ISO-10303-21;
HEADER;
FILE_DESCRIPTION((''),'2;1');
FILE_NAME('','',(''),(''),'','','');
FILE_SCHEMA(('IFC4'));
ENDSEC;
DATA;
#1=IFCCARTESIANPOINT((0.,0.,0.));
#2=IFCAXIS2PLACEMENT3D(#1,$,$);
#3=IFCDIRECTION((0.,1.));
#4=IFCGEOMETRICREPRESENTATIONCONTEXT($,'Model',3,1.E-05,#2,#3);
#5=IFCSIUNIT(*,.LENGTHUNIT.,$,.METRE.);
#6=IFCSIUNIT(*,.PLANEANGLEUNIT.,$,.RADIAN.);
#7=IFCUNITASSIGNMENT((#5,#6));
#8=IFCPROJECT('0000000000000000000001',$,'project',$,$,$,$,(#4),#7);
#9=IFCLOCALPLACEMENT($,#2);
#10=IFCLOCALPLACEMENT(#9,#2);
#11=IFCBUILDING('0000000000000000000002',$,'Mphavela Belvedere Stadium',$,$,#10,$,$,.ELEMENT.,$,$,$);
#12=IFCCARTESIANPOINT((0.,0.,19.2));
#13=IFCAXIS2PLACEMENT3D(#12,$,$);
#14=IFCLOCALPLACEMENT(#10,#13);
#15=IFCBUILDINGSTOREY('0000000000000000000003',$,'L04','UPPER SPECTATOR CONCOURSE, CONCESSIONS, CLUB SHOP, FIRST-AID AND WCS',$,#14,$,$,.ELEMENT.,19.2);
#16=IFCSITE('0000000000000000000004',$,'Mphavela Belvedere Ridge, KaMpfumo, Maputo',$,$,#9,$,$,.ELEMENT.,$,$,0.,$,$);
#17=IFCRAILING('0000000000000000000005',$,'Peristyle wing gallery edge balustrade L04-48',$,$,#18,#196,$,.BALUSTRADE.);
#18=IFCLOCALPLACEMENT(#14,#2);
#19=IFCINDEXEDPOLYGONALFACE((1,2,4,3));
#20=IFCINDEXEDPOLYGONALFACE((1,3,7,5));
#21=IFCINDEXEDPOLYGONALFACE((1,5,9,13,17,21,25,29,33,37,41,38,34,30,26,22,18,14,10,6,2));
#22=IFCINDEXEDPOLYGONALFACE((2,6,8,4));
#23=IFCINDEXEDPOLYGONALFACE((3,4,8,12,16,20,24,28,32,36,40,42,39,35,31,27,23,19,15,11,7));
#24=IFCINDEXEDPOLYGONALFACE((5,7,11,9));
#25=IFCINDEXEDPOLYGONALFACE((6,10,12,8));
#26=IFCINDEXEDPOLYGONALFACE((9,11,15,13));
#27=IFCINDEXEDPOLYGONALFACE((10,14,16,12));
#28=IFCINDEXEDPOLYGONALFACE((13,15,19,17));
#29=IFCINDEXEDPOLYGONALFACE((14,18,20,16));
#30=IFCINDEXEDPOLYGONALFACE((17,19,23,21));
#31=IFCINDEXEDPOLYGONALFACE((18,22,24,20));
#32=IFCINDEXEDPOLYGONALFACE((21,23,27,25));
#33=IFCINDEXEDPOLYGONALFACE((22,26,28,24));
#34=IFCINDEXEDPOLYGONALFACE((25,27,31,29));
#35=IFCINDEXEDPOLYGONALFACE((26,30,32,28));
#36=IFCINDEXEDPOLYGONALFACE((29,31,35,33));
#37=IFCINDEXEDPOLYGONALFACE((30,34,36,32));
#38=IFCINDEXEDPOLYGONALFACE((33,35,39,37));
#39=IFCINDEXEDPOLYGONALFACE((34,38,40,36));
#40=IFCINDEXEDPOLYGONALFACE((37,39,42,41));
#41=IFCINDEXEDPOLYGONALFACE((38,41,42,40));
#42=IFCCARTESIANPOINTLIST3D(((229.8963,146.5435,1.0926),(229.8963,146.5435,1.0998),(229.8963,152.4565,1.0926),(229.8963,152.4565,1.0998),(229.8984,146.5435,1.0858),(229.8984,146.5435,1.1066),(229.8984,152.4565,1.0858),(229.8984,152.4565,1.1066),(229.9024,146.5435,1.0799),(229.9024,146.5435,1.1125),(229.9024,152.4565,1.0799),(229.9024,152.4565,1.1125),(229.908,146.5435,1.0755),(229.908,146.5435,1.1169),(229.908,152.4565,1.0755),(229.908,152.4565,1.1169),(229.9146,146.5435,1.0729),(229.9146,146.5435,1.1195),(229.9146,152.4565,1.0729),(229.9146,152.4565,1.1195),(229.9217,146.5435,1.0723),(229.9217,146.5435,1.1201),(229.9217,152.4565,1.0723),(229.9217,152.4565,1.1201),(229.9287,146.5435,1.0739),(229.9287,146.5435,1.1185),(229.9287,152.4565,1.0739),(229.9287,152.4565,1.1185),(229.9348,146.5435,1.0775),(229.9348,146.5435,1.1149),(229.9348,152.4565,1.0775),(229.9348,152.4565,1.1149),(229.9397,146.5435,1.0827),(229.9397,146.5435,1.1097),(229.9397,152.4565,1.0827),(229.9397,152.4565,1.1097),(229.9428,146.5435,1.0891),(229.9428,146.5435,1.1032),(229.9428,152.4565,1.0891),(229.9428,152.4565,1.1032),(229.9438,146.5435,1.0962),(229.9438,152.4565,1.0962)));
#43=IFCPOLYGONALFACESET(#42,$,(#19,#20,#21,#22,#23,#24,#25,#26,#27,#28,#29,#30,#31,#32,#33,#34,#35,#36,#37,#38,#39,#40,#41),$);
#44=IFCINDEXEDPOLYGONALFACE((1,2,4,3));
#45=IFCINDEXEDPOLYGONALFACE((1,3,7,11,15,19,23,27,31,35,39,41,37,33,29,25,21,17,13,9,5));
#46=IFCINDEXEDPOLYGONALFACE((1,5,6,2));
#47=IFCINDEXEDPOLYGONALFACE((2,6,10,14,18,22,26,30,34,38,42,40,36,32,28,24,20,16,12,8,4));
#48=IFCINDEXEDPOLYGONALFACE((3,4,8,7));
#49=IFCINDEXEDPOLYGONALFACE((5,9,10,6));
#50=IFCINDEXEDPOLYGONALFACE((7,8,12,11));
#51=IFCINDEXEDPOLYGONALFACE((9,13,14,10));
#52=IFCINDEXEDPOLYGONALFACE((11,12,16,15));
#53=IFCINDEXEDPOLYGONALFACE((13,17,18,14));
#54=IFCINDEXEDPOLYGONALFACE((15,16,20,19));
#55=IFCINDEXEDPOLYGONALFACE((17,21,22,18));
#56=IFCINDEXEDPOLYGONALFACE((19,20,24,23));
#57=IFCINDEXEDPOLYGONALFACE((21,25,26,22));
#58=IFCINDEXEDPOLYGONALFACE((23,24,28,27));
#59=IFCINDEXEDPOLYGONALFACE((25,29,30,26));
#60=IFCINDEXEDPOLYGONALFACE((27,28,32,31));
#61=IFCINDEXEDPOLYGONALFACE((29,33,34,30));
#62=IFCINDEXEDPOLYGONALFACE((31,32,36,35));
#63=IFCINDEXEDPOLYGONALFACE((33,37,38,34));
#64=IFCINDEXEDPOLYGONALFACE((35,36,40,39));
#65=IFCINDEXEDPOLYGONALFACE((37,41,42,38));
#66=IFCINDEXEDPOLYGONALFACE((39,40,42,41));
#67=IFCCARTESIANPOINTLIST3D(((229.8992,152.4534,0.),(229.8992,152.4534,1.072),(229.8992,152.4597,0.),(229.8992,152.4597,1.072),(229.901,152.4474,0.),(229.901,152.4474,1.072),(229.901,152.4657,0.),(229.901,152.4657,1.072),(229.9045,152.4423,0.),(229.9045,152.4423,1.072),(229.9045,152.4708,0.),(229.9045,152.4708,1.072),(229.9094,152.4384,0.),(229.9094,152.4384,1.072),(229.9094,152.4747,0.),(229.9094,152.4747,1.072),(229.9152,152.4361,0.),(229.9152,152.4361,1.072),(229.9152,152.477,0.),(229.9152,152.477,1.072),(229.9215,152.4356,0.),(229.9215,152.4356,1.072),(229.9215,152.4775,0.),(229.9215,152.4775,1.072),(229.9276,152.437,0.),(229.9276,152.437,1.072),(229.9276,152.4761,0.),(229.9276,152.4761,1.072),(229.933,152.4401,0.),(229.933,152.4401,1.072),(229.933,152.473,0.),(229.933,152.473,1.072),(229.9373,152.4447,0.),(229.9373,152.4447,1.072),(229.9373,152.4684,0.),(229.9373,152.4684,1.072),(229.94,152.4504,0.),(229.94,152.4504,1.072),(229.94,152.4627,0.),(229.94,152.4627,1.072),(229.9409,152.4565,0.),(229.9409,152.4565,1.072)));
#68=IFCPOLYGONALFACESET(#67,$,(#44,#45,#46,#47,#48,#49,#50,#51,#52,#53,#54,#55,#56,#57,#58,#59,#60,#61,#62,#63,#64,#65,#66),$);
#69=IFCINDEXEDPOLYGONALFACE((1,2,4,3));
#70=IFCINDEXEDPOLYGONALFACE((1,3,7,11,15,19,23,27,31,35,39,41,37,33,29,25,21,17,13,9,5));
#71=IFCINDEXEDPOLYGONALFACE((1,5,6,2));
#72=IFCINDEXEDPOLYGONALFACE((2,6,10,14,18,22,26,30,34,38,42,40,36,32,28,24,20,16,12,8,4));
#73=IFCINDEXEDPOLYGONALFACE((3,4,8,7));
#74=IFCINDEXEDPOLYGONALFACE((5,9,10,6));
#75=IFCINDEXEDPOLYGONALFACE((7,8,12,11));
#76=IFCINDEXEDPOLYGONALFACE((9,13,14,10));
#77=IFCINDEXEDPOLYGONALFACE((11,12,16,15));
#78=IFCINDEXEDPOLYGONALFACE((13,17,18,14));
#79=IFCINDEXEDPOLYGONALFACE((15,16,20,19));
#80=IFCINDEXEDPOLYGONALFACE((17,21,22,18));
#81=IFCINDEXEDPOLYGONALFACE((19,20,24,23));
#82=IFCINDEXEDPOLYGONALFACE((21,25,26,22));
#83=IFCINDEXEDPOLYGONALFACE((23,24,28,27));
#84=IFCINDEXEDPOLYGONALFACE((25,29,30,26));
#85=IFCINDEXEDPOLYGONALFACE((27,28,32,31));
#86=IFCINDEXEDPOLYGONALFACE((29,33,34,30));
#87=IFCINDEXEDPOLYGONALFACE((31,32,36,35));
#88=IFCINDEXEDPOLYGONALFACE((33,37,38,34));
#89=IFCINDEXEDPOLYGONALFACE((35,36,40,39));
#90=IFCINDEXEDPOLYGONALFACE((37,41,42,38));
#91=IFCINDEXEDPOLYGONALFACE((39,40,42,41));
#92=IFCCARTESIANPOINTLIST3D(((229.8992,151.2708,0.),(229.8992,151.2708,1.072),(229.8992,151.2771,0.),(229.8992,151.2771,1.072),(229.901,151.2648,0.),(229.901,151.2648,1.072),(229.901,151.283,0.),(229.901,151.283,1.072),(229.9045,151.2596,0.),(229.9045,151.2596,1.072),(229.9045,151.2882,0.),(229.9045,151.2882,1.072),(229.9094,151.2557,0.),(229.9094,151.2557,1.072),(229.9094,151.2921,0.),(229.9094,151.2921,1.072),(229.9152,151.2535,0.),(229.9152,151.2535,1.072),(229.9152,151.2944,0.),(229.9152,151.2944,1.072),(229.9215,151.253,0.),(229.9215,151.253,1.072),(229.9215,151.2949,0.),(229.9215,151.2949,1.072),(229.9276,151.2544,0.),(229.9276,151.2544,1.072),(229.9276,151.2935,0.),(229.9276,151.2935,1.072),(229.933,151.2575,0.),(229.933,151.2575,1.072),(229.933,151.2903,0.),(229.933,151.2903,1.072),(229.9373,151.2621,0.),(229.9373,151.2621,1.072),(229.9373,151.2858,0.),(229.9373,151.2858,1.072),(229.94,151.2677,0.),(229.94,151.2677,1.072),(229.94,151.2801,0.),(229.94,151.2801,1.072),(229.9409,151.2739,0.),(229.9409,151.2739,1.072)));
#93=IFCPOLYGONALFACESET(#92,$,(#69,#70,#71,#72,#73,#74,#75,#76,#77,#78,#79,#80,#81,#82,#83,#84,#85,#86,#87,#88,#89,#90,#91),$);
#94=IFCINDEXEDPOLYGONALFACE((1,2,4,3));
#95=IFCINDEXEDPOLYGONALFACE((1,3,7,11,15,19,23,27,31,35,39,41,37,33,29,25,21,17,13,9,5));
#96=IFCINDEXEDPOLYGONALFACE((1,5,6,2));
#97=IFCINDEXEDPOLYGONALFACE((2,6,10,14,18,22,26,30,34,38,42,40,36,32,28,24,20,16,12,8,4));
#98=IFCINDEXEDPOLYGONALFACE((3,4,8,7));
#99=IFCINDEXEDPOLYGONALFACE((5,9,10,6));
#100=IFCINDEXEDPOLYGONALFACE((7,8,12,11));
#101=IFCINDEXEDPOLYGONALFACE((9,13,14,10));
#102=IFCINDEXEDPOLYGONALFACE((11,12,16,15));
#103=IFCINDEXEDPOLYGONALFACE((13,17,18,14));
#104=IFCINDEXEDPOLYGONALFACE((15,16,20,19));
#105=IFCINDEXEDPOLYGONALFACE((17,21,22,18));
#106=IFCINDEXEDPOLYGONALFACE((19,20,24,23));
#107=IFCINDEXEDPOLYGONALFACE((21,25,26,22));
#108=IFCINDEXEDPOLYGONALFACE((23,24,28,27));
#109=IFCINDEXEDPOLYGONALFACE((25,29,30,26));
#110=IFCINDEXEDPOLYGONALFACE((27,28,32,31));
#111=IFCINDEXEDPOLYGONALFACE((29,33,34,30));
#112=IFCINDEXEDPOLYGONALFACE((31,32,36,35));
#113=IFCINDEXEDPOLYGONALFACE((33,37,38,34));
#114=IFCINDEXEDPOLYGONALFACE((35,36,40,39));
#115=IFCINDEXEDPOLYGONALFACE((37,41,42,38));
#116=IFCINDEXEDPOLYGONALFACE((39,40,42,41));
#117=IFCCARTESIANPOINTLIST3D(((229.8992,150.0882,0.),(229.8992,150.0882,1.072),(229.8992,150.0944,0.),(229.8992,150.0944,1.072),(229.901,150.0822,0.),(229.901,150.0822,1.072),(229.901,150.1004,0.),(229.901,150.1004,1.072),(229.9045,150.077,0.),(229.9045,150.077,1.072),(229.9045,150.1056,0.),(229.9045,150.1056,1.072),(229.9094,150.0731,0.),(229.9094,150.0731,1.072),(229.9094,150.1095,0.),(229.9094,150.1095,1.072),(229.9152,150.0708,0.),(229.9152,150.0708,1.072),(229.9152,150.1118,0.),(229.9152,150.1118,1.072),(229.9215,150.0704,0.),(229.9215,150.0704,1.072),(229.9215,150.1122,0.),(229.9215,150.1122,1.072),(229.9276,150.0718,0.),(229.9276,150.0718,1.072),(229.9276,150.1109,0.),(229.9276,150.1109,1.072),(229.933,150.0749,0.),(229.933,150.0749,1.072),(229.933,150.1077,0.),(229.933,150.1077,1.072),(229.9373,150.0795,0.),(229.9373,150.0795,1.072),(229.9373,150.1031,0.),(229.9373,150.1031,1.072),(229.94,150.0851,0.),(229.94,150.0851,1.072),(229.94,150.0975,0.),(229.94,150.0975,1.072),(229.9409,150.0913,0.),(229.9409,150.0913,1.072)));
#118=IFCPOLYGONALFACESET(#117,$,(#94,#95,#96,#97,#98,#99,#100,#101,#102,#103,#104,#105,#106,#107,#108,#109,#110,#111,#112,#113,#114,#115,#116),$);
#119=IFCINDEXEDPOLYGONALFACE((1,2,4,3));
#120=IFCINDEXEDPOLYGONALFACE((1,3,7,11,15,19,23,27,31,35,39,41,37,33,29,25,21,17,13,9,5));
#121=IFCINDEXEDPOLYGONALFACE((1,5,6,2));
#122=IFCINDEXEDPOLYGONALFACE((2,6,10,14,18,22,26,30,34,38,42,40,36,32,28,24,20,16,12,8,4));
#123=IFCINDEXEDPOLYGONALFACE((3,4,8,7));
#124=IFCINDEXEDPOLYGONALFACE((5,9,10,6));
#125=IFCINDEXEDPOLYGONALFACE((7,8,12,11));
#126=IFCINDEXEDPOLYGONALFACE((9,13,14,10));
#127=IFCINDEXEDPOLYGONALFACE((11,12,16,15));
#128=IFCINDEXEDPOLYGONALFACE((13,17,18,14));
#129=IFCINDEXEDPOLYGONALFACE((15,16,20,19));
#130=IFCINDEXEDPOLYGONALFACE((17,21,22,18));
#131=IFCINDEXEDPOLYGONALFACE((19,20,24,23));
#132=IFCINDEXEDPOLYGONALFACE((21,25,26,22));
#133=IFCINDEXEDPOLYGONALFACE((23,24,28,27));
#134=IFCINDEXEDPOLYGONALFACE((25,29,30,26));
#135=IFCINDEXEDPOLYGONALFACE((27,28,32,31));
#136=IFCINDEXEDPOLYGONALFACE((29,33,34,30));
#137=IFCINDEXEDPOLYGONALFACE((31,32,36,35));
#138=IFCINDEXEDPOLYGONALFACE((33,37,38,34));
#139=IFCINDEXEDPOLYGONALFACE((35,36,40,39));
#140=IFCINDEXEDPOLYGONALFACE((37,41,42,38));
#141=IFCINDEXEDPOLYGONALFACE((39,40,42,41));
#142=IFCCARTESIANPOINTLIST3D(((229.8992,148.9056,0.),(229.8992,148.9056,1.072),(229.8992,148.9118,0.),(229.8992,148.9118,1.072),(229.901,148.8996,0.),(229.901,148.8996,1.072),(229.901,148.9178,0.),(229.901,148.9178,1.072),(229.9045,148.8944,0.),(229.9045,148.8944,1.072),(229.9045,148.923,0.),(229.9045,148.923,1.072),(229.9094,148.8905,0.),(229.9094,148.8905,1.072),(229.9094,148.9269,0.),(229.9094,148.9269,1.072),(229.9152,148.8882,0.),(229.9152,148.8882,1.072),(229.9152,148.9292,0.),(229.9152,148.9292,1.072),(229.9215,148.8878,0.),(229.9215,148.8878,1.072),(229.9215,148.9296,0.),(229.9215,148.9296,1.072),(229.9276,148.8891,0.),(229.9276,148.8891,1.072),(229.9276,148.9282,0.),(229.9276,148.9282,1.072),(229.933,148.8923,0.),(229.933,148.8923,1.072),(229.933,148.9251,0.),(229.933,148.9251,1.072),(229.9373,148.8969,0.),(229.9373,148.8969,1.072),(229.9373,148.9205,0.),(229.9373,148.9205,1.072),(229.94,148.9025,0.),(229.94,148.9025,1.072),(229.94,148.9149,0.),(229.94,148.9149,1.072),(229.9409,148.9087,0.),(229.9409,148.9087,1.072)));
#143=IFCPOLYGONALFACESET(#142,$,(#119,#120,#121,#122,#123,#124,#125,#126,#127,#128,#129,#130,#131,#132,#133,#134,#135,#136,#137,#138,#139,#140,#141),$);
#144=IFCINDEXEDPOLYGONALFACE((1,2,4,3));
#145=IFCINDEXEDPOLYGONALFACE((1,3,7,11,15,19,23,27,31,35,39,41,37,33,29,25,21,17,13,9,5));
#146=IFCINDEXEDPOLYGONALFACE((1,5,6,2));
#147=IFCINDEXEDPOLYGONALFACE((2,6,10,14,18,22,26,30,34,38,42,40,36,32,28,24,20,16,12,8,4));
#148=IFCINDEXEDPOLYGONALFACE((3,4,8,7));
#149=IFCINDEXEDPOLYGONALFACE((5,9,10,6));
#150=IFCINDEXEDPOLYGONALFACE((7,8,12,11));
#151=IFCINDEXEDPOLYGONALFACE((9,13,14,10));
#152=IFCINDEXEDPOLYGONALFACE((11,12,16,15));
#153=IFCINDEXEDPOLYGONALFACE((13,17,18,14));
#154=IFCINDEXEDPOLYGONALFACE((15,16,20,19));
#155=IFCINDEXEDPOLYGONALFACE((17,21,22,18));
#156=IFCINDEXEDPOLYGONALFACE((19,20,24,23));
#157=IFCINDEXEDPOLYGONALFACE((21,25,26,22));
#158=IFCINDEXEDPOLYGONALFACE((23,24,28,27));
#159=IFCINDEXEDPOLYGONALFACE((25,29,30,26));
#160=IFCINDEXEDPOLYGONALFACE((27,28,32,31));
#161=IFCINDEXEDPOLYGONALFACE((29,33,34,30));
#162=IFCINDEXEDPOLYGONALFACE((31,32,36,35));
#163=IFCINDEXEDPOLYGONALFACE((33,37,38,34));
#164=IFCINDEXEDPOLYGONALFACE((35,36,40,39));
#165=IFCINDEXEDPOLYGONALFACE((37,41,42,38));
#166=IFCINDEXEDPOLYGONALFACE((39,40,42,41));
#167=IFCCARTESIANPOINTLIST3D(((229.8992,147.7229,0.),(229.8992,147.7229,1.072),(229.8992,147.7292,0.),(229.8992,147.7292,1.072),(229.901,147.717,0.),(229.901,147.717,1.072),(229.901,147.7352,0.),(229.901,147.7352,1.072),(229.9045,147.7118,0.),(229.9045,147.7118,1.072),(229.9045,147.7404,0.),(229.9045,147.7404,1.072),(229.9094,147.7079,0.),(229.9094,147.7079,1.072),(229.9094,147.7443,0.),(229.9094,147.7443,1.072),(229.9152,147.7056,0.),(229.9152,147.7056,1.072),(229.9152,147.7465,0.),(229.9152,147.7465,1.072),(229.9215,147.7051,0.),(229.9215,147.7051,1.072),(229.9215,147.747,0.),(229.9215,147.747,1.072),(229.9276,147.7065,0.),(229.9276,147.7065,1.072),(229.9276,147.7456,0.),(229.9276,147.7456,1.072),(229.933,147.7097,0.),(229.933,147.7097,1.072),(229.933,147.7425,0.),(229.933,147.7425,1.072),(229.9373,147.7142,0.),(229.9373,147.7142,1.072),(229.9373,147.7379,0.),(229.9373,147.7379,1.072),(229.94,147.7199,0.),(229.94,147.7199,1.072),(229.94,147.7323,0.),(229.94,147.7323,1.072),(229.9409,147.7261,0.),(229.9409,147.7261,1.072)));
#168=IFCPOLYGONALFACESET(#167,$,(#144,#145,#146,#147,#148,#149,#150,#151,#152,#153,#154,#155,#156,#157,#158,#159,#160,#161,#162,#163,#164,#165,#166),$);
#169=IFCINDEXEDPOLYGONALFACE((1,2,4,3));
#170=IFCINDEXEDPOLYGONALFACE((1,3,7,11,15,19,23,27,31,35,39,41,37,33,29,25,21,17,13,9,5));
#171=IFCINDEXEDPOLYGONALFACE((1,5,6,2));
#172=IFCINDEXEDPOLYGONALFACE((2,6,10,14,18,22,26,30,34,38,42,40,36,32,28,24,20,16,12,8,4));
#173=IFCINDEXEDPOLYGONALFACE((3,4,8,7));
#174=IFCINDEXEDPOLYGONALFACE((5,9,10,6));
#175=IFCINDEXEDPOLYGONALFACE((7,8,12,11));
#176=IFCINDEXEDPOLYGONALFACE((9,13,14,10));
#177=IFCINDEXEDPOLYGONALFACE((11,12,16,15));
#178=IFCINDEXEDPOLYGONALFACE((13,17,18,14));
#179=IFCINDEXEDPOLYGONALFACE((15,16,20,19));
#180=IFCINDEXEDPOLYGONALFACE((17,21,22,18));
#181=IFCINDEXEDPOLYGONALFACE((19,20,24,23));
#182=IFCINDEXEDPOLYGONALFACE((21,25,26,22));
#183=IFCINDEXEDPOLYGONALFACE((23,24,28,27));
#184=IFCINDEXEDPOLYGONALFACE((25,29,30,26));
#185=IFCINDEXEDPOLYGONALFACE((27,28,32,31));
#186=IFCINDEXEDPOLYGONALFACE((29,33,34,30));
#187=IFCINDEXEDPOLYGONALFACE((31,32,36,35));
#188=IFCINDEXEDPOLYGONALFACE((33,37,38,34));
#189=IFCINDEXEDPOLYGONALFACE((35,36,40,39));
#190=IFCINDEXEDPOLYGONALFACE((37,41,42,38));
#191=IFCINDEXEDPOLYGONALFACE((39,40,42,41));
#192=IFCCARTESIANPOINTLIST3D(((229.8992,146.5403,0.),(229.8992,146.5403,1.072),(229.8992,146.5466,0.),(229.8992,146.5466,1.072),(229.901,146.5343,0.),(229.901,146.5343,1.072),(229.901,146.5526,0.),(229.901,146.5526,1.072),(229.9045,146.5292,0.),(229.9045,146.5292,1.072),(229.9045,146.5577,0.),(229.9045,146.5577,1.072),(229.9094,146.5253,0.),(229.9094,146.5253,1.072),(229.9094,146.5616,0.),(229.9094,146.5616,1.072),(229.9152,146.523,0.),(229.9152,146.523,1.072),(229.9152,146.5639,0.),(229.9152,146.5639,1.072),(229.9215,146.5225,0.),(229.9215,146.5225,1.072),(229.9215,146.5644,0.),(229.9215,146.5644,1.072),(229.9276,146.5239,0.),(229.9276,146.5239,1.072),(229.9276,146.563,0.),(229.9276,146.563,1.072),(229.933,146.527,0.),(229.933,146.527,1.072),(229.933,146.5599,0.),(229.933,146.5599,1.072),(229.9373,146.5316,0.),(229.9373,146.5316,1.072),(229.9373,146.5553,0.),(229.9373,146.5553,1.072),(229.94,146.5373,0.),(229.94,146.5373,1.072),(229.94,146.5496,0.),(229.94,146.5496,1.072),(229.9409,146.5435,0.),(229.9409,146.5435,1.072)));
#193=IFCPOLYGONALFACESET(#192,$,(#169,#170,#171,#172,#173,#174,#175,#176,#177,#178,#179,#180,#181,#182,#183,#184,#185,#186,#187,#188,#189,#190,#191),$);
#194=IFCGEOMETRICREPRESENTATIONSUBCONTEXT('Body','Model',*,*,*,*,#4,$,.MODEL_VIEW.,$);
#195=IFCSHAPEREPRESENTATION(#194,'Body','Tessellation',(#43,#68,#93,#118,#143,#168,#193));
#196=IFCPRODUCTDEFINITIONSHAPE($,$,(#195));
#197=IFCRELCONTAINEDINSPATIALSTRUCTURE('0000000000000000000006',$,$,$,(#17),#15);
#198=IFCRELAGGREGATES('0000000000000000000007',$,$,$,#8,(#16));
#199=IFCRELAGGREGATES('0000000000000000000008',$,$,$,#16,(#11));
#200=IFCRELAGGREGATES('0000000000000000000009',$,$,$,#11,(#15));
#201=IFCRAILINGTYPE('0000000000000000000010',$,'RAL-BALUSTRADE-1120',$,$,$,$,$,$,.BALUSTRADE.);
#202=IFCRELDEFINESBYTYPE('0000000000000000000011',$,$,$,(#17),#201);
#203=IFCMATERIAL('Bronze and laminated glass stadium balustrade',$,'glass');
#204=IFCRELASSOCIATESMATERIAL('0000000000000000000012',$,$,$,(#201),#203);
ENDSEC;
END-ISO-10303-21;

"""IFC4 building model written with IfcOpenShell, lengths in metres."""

from ifc_helpers import new_model, si_unit, direction, frame, origin, origin_2d, place, context, subcontext, project, spatial, circle, extrude, material, type_object, element, save


model = new_model("IFC4")

# Units and contexts
model_context = context("Model", 3, precision=1e-05, world=origin(), true_north=direction((0.0, 1.0)))
body_context = subcontext(model_context, "Body", "Model", "MODEL_VIEW")
ifc_project = project(units=[si_unit("LENGTHUNIT", "METRE"), si_unit("PLANEANGLEUNIT", "RADIAN")], contexts=[model_context])

# Site, building, storey
site_placement = place(None, origin())
site = spatial("IfcSite", under=ifc_project, at=site_placement, Name="Mphavela Belvedere Ridge, KaMpfumo, Maputo", CompositionType="ELEMENT", RefElevation=0.0)
building_placement = place(site_placement, origin())
building = spatial("IfcBuilding", under=site, at=building_placement, Name="Mphavela Belvedere Stadium", CompositionType="ELEMENT")
storey_placement = place(building_placement, frame((0.0, 0.0, 19.2)))
storey = spatial("IfcBuildingStorey", under=building, at=storey_placement, Name="L04", Description="UPPER SPECTATOR CONCOURSE, CONCESSIONS, CLUB SHOP, FIRST-AID AND WCS", CompositionType="ELEMENT", Elevation=19.2)

# Railing
ifc_material_1 = material(Name="Bronze and laminated glass stadium balustrade", Category="glass")
railing_type = type_object("IfcRailingType", Name="RAL-BALUSTRADE-1120", PredefinedType="BALUSTRADE", material=ifc_material_1)
for number, where, name in (
    (1, (229.9199, 152.4565, 0.0), "Peristyle wing gallery edge balustrade L04-48"),
):
    element("IfcRailing", number, at=place(storey_placement, frame(where)), inside=storey, type_object=railing_type, Name=name, PredefinedType="BALUSTRADE", context=body_context, shape_type="SweptSolid", body=[
        extrude(circle(Radius=0.0239, at=origin_2d()), frame((0.0, 0.0, 1.0962), z_axis=(0.0, -1.0, 0.0), x_axis=(1.0, 0.0, 0.0)), (0.0, 0.0, 1.0), 5.9131),
        extrude(circle(Radius=0.021, at=origin_2d()), origin(), (0.0, 0.0, 1.0), 1.072),
        extrude(circle(Radius=0.021, at=origin_2d()), frame((0.0, -1.1826, 0.0)), (0.0, 0.0, 1.0), 1.072),
        extrude(circle(Radius=0.021, at=origin_2d()), frame((0.0, -2.3652, 0.0)), (0.0, 0.0, 1.0), 1.072),
        extrude(circle(Radius=0.021, at=origin_2d()), frame((0.0, -3.5479, 0.0)), (0.0, 0.0, 1.0), 1.072),
        extrude(circle(Radius=0.021, at=origin_2d()), frame((0.0, -4.7305, 0.0)), (0.0, 0.0, 1.0), 1.072),
        extrude(circle(Radius=0.021, at=origin_2d()), frame((0.0, -5.9131, 0.0)), (0.0, 0.0, 1.0), 1.072),
    ])

save(model, "model.ifc")
